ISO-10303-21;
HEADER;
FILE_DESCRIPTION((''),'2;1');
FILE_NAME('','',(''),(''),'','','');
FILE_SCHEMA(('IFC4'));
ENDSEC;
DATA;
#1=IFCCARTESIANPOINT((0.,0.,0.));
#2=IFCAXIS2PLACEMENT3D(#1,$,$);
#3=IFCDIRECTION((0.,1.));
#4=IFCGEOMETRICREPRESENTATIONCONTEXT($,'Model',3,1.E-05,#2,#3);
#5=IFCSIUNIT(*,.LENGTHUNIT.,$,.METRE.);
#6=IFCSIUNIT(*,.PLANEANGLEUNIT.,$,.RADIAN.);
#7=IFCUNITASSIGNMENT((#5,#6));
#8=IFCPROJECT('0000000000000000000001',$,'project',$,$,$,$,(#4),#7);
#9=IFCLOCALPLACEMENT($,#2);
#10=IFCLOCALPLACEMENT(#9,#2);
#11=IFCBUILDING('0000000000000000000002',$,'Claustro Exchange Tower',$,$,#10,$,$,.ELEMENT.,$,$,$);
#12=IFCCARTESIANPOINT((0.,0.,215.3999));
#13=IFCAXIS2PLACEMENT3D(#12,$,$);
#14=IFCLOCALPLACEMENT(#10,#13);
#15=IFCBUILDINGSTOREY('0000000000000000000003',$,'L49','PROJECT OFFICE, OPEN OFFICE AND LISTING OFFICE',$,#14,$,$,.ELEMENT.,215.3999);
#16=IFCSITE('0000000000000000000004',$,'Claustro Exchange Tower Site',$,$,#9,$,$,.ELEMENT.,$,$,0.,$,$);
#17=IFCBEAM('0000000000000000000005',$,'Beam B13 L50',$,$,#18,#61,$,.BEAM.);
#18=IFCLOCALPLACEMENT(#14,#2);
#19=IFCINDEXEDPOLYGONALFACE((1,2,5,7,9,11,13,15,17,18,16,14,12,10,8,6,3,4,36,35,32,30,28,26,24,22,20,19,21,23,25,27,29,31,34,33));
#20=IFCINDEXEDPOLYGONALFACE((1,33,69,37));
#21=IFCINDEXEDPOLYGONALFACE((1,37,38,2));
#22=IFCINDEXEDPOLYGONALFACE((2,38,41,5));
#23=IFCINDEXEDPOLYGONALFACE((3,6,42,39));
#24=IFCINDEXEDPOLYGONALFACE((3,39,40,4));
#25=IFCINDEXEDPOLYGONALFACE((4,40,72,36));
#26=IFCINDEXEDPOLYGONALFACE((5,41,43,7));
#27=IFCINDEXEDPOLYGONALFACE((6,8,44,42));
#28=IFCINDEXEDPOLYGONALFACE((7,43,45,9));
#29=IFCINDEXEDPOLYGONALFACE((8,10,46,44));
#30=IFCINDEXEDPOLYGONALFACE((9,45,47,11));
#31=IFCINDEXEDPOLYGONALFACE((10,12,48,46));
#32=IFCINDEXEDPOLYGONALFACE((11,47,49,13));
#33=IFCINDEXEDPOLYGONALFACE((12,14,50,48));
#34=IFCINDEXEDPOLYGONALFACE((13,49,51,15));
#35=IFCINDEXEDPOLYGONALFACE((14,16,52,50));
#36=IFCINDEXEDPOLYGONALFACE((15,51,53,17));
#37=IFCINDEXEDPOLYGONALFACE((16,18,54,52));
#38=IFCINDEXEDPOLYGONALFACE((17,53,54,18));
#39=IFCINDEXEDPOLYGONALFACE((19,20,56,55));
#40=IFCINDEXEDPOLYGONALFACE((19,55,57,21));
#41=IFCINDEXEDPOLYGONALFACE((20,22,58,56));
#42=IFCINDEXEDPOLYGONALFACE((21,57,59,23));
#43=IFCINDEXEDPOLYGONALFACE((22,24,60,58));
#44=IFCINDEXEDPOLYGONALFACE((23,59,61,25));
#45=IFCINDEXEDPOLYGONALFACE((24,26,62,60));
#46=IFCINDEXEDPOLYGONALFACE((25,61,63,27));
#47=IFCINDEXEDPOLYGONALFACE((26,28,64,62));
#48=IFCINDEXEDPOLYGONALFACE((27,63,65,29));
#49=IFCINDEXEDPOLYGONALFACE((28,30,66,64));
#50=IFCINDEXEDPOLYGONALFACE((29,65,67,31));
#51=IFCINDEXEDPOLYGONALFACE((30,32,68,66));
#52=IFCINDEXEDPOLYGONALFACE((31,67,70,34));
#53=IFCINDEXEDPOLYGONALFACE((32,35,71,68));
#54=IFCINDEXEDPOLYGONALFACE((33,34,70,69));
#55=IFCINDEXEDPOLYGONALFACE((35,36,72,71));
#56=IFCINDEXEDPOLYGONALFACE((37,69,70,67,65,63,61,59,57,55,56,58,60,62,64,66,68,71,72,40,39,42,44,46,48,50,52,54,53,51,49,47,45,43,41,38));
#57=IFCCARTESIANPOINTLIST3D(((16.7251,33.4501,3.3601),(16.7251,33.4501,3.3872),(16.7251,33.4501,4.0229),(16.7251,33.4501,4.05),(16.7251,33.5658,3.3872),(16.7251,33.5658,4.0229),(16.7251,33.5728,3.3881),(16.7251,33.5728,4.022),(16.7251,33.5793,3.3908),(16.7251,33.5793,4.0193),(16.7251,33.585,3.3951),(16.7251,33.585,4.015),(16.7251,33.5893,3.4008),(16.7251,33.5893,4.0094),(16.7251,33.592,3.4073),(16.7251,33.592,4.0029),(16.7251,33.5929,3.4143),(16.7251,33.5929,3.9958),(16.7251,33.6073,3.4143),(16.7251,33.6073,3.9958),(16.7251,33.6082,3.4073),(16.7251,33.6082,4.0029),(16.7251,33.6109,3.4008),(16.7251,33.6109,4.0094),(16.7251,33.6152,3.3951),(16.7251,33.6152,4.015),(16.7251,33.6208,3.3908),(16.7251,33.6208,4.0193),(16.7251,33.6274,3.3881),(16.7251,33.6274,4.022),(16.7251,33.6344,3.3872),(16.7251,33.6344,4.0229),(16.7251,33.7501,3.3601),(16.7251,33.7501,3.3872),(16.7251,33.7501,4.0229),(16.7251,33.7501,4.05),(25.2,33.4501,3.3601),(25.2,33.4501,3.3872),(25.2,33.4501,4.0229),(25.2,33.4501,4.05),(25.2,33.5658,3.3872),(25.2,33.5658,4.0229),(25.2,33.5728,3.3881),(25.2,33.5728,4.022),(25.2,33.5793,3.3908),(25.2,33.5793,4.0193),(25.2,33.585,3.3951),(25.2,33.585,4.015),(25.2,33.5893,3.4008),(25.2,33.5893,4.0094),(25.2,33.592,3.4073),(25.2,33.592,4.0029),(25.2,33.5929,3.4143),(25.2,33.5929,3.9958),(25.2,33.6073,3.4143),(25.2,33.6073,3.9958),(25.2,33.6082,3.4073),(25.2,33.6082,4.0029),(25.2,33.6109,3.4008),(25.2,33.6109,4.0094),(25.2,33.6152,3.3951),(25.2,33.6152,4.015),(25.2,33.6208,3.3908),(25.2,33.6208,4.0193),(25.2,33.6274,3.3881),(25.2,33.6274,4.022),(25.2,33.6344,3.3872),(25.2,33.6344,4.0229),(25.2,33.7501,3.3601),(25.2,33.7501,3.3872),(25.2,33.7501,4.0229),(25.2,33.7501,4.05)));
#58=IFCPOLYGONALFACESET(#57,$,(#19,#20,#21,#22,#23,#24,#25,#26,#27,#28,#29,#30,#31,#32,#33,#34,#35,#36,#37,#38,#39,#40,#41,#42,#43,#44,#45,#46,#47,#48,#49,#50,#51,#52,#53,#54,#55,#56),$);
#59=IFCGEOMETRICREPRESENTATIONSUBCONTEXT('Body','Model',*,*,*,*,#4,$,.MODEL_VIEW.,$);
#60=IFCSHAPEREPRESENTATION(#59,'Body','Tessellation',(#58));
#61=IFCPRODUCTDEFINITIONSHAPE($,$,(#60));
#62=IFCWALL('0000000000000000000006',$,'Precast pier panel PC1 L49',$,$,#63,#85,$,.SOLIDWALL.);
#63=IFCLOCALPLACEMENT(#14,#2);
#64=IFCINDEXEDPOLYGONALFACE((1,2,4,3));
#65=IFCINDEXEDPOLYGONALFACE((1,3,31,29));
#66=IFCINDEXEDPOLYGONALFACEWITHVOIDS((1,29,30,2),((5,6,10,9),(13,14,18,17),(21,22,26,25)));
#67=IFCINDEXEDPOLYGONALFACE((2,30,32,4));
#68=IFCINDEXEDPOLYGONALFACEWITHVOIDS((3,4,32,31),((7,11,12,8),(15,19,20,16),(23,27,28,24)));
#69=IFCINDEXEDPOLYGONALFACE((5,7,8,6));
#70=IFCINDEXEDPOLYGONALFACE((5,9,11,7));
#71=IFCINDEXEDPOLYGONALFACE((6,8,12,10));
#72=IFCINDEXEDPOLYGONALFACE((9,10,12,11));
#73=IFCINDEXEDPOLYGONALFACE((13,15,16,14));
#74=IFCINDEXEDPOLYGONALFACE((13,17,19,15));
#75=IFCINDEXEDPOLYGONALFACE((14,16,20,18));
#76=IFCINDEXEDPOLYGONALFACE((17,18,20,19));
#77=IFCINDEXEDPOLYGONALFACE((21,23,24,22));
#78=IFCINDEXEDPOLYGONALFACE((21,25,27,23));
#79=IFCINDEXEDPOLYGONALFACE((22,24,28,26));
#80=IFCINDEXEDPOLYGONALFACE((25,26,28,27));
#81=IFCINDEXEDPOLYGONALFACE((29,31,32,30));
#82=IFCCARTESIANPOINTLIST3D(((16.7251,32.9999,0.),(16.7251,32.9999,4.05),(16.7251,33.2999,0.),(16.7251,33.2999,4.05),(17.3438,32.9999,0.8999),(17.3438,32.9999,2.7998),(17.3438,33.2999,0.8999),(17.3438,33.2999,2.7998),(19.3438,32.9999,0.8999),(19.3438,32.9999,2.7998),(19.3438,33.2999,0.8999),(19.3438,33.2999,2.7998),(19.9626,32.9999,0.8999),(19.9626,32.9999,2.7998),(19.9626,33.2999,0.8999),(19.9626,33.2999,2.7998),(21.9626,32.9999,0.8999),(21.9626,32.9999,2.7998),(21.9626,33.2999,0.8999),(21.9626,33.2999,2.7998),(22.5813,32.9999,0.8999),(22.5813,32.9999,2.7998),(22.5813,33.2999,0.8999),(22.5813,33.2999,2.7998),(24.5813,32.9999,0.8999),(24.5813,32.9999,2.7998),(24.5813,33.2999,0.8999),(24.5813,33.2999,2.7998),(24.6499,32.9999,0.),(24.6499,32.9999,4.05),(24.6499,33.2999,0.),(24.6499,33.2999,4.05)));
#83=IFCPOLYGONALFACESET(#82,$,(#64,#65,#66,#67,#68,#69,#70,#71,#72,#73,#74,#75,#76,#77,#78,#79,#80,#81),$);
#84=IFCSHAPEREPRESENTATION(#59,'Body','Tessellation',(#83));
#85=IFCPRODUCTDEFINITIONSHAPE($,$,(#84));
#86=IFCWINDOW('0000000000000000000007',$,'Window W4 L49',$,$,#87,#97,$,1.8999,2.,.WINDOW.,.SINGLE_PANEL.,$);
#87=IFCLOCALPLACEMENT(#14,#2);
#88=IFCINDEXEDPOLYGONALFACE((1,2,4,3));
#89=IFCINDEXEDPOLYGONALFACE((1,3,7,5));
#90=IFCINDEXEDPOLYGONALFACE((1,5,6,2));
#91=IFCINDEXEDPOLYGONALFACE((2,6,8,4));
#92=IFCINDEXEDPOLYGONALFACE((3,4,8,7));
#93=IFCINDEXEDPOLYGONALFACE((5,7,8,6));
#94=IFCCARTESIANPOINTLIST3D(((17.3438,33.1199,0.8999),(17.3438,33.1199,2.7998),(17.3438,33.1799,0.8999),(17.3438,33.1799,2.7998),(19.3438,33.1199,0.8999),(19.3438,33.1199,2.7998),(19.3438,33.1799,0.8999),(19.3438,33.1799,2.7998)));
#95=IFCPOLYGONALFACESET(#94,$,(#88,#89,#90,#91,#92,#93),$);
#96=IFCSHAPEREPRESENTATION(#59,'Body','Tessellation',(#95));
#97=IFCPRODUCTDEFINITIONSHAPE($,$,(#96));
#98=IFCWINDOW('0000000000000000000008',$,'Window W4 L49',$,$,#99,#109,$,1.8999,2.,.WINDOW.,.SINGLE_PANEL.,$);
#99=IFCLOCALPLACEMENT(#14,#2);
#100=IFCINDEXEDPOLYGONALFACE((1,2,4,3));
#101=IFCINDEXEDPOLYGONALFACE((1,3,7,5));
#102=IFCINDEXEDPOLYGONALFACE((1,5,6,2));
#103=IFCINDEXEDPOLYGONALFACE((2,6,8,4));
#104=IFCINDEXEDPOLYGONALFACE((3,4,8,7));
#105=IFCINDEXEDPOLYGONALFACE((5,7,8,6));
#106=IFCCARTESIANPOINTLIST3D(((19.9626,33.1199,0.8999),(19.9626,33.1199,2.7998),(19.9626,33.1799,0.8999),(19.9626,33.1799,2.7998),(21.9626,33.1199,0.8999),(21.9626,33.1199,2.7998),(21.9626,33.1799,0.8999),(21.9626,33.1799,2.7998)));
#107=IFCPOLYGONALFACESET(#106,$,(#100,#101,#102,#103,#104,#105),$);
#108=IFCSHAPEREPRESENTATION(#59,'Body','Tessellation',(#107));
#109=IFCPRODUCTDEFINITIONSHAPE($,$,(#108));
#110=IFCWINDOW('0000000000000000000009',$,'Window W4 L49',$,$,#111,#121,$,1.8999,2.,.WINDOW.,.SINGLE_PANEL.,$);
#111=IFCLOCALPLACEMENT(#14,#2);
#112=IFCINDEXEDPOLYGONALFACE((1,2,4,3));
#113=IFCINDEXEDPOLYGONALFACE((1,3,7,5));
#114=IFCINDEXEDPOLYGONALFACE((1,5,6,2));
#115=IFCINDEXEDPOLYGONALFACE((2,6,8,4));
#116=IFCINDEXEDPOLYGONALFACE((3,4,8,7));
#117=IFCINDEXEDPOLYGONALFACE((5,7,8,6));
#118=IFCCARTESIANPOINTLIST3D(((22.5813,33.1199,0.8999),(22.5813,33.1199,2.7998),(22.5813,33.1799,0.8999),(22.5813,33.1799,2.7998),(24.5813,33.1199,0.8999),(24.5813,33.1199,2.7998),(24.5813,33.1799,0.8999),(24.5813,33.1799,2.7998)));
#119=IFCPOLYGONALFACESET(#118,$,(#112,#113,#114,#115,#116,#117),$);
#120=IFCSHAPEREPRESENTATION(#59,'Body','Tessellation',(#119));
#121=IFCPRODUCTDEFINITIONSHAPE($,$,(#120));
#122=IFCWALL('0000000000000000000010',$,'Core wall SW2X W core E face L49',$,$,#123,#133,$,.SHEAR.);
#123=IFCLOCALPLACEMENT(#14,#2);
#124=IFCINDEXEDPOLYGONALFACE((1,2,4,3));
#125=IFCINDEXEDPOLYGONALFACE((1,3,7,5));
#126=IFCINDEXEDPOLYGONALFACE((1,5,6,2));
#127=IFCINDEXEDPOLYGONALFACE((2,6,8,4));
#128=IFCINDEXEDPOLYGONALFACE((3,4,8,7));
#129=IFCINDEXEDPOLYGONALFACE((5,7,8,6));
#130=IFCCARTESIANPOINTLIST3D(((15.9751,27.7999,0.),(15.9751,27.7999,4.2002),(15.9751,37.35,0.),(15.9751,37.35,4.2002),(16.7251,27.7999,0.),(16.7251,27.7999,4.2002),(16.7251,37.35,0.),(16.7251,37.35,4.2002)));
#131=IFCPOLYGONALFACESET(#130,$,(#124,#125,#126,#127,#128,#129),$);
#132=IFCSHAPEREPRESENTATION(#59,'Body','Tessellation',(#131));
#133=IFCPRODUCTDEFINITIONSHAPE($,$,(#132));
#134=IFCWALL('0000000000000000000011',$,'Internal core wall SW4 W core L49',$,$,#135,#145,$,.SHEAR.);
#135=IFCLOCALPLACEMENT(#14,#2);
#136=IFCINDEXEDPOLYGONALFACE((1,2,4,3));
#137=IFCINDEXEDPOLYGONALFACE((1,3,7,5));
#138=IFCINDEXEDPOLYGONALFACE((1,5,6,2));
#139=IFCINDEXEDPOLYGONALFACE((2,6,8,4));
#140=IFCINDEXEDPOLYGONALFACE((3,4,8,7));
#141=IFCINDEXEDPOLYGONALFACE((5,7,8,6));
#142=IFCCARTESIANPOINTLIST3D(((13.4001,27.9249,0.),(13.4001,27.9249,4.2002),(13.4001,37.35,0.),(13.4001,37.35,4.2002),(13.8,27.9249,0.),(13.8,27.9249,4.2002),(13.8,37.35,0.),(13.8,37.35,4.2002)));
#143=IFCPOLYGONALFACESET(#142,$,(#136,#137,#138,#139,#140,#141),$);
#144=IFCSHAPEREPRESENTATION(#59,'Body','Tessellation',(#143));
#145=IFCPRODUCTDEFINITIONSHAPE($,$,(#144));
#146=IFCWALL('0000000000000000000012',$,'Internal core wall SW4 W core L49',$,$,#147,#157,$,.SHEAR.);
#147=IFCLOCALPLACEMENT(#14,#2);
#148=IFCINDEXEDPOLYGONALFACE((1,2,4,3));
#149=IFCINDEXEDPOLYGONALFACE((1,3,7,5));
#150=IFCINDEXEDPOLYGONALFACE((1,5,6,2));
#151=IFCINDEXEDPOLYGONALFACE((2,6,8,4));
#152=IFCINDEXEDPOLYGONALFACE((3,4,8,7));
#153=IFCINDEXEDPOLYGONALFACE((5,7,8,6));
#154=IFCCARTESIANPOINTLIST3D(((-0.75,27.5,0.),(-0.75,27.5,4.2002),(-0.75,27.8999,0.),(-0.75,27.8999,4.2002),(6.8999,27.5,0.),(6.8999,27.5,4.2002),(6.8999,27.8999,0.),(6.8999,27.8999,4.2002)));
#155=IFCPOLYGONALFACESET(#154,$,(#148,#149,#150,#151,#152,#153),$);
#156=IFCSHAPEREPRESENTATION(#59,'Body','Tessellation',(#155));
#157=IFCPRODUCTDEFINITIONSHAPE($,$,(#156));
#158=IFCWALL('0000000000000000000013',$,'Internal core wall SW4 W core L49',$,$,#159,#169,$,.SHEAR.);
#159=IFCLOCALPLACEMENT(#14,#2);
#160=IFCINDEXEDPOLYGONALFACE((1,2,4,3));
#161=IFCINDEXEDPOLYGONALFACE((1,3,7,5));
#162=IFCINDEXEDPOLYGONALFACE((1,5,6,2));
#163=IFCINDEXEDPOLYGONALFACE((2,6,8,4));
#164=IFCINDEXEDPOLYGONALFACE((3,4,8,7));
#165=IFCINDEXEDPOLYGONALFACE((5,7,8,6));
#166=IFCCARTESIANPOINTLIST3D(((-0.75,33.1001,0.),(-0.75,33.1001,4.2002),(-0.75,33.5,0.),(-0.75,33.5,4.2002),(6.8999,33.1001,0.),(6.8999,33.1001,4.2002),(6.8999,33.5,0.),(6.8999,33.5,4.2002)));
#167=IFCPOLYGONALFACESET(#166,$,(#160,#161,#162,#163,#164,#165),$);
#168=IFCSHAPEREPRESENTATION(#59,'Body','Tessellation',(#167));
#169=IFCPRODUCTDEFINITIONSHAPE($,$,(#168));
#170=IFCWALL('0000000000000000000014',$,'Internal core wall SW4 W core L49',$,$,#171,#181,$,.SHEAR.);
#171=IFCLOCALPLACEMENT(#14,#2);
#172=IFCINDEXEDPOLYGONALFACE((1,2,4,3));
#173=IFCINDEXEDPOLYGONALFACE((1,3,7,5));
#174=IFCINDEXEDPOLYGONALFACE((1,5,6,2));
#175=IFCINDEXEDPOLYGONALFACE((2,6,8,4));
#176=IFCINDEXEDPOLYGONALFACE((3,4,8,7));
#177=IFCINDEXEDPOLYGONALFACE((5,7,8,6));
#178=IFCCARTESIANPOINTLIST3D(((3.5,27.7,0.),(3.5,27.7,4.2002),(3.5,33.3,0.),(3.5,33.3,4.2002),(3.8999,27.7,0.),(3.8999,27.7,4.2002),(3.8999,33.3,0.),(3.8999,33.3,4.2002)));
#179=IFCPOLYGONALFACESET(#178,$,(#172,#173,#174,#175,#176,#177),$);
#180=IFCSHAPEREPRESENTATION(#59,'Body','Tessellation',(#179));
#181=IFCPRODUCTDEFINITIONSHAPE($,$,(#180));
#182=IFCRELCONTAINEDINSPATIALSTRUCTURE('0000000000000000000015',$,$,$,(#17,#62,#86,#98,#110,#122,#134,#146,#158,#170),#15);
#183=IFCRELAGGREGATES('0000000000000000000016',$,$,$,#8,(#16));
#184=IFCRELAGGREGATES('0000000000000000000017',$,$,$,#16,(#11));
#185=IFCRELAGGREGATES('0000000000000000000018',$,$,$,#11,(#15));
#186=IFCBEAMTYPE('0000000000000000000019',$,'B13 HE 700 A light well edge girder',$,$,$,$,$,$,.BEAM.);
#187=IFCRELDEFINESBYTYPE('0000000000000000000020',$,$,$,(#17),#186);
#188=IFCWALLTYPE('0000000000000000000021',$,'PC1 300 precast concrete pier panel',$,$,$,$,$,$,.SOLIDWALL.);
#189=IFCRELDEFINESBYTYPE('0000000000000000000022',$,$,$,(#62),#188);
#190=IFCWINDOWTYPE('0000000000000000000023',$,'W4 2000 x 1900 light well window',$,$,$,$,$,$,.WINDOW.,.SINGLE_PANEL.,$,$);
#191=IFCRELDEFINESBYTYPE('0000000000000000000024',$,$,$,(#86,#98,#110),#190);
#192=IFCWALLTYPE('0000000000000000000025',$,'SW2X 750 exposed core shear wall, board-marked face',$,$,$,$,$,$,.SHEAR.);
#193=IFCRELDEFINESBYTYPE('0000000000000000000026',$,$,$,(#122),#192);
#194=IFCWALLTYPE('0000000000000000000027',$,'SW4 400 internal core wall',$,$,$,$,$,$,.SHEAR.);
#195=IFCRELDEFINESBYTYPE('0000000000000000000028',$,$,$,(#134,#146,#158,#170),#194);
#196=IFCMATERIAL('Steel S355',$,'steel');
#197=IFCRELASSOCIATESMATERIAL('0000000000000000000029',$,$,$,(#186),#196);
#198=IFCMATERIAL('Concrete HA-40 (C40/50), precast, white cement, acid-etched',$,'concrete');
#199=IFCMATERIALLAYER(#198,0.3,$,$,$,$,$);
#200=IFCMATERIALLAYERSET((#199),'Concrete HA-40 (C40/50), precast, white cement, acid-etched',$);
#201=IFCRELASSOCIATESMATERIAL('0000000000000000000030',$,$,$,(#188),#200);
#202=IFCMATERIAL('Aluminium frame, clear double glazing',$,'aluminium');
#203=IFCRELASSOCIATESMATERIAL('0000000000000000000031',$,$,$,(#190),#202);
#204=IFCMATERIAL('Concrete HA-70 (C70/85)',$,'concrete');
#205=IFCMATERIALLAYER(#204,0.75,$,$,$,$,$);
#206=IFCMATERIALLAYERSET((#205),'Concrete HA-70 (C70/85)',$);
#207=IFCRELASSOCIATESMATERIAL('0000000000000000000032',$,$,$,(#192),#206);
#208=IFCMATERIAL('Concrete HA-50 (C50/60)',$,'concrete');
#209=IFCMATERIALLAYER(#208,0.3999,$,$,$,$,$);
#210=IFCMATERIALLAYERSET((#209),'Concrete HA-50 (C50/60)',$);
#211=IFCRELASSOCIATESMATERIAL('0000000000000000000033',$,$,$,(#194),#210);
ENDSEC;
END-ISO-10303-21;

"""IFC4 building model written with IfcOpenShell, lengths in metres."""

from ifc_helpers import new_model, si_unit, direction, frame, frame_2d, origin, origin_2d, place, context, subcontext, project, spatial, rectangle, i_section, extrude, material, layer, layer_set, material_profile, profile_set, type_object, element, fill, save


model = new_model("IFC4")

# Units and contexts
model_context = context("Model", 3, precision=1e-05, world=origin(), true_north=direction((0.0, 1.0)))
body_context = subcontext(model_context, "Body", "Model", "MODEL_VIEW")
ifc_project = project(units=[si_unit("LENGTHUNIT", "METRE"), si_unit("PLANEANGLEUNIT", "RADIAN")], contexts=[model_context])

# Site, building, storey
site_placement = place(None, origin())
site = spatial("IfcSite", under=ifc_project, at=site_placement, Name="Claustro Exchange Tower Site", CompositionType="ELEMENT", RefElevation=0.0)
building_placement = place(site_placement, origin())
building = spatial("IfcBuilding", under=site, at=building_placement, Name="Claustro Exchange Tower", CompositionType="ELEMENT")
storey_placement = place(building_placement, frame((0.0, 0.0, 215.3999)))
storey = spatial("IfcBuildingStorey", under=building, at=storey_placement, Name="L49", Description="PROJECT OFFICE, OPEN OFFICE AND LISTING OFFICE", CompositionType="ELEMENT", Elevation=215.3999)

# Beam
ifc_material_1 = material(Name="Steel S355", Category="steel")
ifc_material_profile = material_profile(ifc_material_1, i_section(OverallWidth=0.3, OverallDepth=0.6899, WebThickness=0.0144, FlangeThickness=0.0271, FilletRadius=0.0271, at=origin_2d()), Name="HE 700 A")
ifc_profile_set = profile_set([ifc_material_profile], Name="Steel S355")
beam_type = type_object("IfcBeamType", Name="B13 HE 700 A light well edge girder", PredefinedType="BEAM", material=ifc_profile_set)
beam_placement = place(storey_placement, frame((16.7251, 33.6001, 3.7051), z_axis=(1.0, 0.0, 0.0), x_axis=(0.0, 1.0, 0.0)))
element("IfcBeam", 1, at=beam_placement, inside=storey, type_object=beam_type, Name="Beam B13 L50", PredefinedType="BEAM", context=body_context, shape_type="SweptSolid", body=[
    extrude(i_section(OverallWidth=0.3, OverallDepth=0.6899, WebThickness=0.0144, FlangeThickness=0.0271, FilletRadius=0.0271, at=origin_2d()), origin(), (0.0, 0.0, 1.0), 8.4749),
])

# Wall, openings, windows
ifc_material_2 = material(Name="Concrete HA-40 (C40/50), precast, white cement, acid-etched", Category="concrete")
ifc_layer_1 = layer(ifc_material_2, 0.3)
ifc_layer_set_1 = layer_set([ifc_layer_1], Name="Concrete HA-40 (C40/50), precast, white cement, acid-etched")
wall_type_1 = type_object("IfcWallType", Name="PC1 300 precast concrete pier panel", PredefinedType="SOLIDWALL", material=ifc_layer_set_1)
wall_1_placement = place(storey_placement, frame((16.7251, 33.1499, 0.0), z_axis=(0.0, 0.0, 1.0), x_axis=(1.0, 0.0, 0.0)))
wall_1 = element("IfcWall", 2, at=wall_1_placement, inside=storey, type_object=wall_type_1, Name="Precast pier panel PC1 L49", PredefinedType="SOLIDWALL", context=body_context, shape_type="SweptSolid", body=[
    extrude(rectangle(XDim=7.9248, YDim=0.3, at=frame_2d((3.9624, 0.0))), origin(), (0.0, 0.0, 1.0), 4.05),
])
opening_1_placement = place(wall_1_placement, frame((0.6187, 0.0, 0.8999)))
opening_1 = element("IfcOpeningElement", 3, at=opening_1_placement, cuts=wall_1, PredefinedType="OPENING", context=body_context, shape_type="SweptSolid", body=[
    extrude(rectangle(XDim=2.0, YDim=1.8999, at=frame_2d((1.0, 0.95))), frame((0.0, 0.1599, 0.0), z_axis=(0.0, -1.0, 0.0), x_axis=(1.0, 0.0, 0.0)), (0.0, 0.0, 1.0), 0.3201),
])
opening_2_placement = place(wall_1_placement, frame((3.2375, 0.0, 0.8999)))
opening_2 = element("IfcOpeningElement", 4, at=opening_2_placement, cuts=wall_1, PredefinedType="OPENING", context=body_context, shape_type="SweptSolid", body=[
    extrude(rectangle(XDim=2.0, YDim=1.8999, at=frame_2d((1.0, 0.95))), frame((0.0, 0.1599, 0.0), z_axis=(0.0, -1.0, 0.0), x_axis=(1.0, 0.0, 0.0)), (0.0, 0.0, 1.0), 0.3201),
])
opening_3_placement = place(wall_1_placement, frame((5.8562, 0.0, 0.8999)))
opening_3 = element("IfcOpeningElement", 5, at=opening_3_placement, cuts=wall_1, PredefinedType="OPENING", context=body_context, shape_type="SweptSolid", body=[
    extrude(rectangle(XDim=2.0, YDim=1.8999, at=frame_2d((1.0, 0.95))), frame((0.0, 0.1599, 0.0), z_axis=(0.0, -1.0, 0.0), x_axis=(1.0, 0.0, 0.0)), (0.0, 0.0, 1.0), 0.3201),
])
ifc_material_3 = material(Name="Aluminium frame, clear double glazing", Category="aluminium")
window_type = type_object("IfcWindowType", Name="W4 2000 x 1900 light well window", PartitioningType="SINGLE_PANEL", PredefinedType="WINDOW", material=ifc_material_3)
window_1_placement = place(opening_1_placement, origin())
window_1 = element("IfcWindow", 6, at=window_1_placement, inside=storey, type_object=window_type, Name="Window W4 L49", OverallHeight=1.8999, OverallWidth=2.0, PartitioningType="SINGLE_PANEL", PredefinedType="WINDOW", context=body_context, shape_type="SweptSolid", body=[
    extrude(rectangle(XDim=2.0, YDim=1.8999, at=frame_2d((1.0, 0.95))), frame((0.0, 0.03, 0.0), z_axis=(0.0, -1.0, 0.0), x_axis=(1.0, 0.0, 0.0)), (0.0, 0.0, 1.0), 0.0601),
])
fill(opening_1, window_1)
window_2_placement = place(opening_2_placement, origin())
window_2 = element("IfcWindow", 7, at=window_2_placement, inside=storey, type_object=window_type, Name="Window W4 L49", OverallHeight=1.8999, OverallWidth=2.0, PartitioningType="SINGLE_PANEL", PredefinedType="WINDOW", context=body_context, shape_type="SweptSolid", body=[
    extrude(rectangle(XDim=2.0, YDim=1.8999, at=frame_2d((1.0, 0.95))), frame((0.0, 0.03, 0.0), z_axis=(0.0, -1.0, 0.0), x_axis=(1.0, 0.0, 0.0)), (0.0, 0.0, 1.0), 0.0601),
])
fill(opening_2, window_2)
window_3_placement = place(opening_3_placement, origin())
window_3 = element("IfcWindow", 8, at=window_3_placement, inside=storey, type_object=window_type, Name="Window W4 L49", OverallHeight=1.8999, OverallWidth=2.0, PartitioningType="SINGLE_PANEL", PredefinedType="WINDOW", context=body_context, shape_type="SweptSolid", body=[
    extrude(rectangle(XDim=2.0, YDim=1.8999, at=frame_2d((1.0, 0.95))), frame((0.0, 0.03, 0.0), z_axis=(0.0, -1.0, 0.0), x_axis=(1.0, 0.0, 0.0)), (0.0, 0.0, 1.0), 0.0601),
])
fill(opening_3, window_3)

# Walls
ifc_material_4 = material(Name="Concrete HA-70 (C70/85)", Category="concrete")
ifc_layer_2 = layer(ifc_material_4, 0.75)
ifc_layer_set_2 = layer_set([ifc_layer_2], Name="Concrete HA-70 (C70/85)")
wall_type_2 = type_object("IfcWallType", Name="SW2X 750 exposed core shear wall, board-marked face", PredefinedType="SHEAR", material=ifc_layer_set_2)
wall_2_placement = place(storey_placement, frame((16.3501, 27.8, 0.0), z_axis=(0.0, 0.0, 1.0), x_axis=(0.0, 1.0, 0.0)))
element("IfcWall", 9, at=wall_2_placement, inside=storey, type_object=wall_type_2, Name="Core wall SW2X W core E face L49", PredefinedType="SHEAR", context=body_context, shape_type="SweptSolid", body=[
    extrude(rectangle(XDim=9.55, YDim=0.75, at=frame_2d((4.7749, 0.0))), origin(), (0.0, 0.0, 1.0), 4.2002),
])
ifc_material_5 = material(Name="Concrete HA-50 (C50/60)", Category="concrete")
ifc_layer_3 = layer(ifc_material_5, 0.3999)
ifc_layer_set_3 = layer_set([ifc_layer_3], Name="Concrete HA-50 (C50/60)")
wall_type_3 = type_object("IfcWallType", Name="SW4 400 internal core wall", PredefinedType="SHEAR", material=ifc_layer_set_3)
wall_3_placement = place(storey_placement, frame((13.6001, 27.925, 0.0), z_axis=(0.0, 0.0, 1.0), x_axis=(0.0, 1.0, 0.0)))
element("IfcWall", 10, at=wall_3_placement, inside=storey, type_object=wall_type_3, Name="Internal core wall SW4 W core L49", PredefinedType="SHEAR", context=body_context, shape_type="SweptSolid", body=[
    extrude(rectangle(XDim=9.425, YDim=0.3999, at=frame_2d((4.7124, 0.0))), origin(), (0.0, 0.0, 1.0), 4.2002),
])
for number, where, z_axis, x_axis, name in (
    (11, (-0.75, 27.7, 0.0), (0.0, 0.0, 1.0), (1.0, 0.0, 0.0), "Internal core wall SW4 W core L49"),
    (12, (-0.75, 33.3, 0.0), (0.0, 0.0, 1.0), (1.0, 0.0, 0.0), "Internal core wall SW4 W core L49"),
):
    element("IfcWall", number, at=place(storey_placement, frame(where, z_axis=z_axis, x_axis=x_axis)), inside=storey, type_object=wall_type_3, Name=name, PredefinedType="SHEAR", context=body_context, shape_type="SweptSolid", body=[
        extrude(rectangle(XDim=7.6499, YDim=0.3999, at=frame_2d((3.825, 0.0))), origin(), (0.0, 0.0, 1.0), 4.2002),
    ])
wall_4_placement = place(storey_placement, frame((3.7, 27.7, 0.0), z_axis=(0.0, 0.0, 1.0), x_axis=(0.0, 1.0, 0.0)))
element("IfcWall", 13, at=wall_4_placement, inside=storey, type_object=wall_type_3, Name="Internal core wall SW4 W core L49", PredefinedType="SHEAR", context=body_context, shape_type="SweptSolid", body=[
    extrude(rectangle(XDim=5.6001, YDim=0.3999, at=frame_2d((2.8, 0.0))), origin(), (0.0, 0.0, 1.0), 4.2002),
])

save(model, "model.ifc")
